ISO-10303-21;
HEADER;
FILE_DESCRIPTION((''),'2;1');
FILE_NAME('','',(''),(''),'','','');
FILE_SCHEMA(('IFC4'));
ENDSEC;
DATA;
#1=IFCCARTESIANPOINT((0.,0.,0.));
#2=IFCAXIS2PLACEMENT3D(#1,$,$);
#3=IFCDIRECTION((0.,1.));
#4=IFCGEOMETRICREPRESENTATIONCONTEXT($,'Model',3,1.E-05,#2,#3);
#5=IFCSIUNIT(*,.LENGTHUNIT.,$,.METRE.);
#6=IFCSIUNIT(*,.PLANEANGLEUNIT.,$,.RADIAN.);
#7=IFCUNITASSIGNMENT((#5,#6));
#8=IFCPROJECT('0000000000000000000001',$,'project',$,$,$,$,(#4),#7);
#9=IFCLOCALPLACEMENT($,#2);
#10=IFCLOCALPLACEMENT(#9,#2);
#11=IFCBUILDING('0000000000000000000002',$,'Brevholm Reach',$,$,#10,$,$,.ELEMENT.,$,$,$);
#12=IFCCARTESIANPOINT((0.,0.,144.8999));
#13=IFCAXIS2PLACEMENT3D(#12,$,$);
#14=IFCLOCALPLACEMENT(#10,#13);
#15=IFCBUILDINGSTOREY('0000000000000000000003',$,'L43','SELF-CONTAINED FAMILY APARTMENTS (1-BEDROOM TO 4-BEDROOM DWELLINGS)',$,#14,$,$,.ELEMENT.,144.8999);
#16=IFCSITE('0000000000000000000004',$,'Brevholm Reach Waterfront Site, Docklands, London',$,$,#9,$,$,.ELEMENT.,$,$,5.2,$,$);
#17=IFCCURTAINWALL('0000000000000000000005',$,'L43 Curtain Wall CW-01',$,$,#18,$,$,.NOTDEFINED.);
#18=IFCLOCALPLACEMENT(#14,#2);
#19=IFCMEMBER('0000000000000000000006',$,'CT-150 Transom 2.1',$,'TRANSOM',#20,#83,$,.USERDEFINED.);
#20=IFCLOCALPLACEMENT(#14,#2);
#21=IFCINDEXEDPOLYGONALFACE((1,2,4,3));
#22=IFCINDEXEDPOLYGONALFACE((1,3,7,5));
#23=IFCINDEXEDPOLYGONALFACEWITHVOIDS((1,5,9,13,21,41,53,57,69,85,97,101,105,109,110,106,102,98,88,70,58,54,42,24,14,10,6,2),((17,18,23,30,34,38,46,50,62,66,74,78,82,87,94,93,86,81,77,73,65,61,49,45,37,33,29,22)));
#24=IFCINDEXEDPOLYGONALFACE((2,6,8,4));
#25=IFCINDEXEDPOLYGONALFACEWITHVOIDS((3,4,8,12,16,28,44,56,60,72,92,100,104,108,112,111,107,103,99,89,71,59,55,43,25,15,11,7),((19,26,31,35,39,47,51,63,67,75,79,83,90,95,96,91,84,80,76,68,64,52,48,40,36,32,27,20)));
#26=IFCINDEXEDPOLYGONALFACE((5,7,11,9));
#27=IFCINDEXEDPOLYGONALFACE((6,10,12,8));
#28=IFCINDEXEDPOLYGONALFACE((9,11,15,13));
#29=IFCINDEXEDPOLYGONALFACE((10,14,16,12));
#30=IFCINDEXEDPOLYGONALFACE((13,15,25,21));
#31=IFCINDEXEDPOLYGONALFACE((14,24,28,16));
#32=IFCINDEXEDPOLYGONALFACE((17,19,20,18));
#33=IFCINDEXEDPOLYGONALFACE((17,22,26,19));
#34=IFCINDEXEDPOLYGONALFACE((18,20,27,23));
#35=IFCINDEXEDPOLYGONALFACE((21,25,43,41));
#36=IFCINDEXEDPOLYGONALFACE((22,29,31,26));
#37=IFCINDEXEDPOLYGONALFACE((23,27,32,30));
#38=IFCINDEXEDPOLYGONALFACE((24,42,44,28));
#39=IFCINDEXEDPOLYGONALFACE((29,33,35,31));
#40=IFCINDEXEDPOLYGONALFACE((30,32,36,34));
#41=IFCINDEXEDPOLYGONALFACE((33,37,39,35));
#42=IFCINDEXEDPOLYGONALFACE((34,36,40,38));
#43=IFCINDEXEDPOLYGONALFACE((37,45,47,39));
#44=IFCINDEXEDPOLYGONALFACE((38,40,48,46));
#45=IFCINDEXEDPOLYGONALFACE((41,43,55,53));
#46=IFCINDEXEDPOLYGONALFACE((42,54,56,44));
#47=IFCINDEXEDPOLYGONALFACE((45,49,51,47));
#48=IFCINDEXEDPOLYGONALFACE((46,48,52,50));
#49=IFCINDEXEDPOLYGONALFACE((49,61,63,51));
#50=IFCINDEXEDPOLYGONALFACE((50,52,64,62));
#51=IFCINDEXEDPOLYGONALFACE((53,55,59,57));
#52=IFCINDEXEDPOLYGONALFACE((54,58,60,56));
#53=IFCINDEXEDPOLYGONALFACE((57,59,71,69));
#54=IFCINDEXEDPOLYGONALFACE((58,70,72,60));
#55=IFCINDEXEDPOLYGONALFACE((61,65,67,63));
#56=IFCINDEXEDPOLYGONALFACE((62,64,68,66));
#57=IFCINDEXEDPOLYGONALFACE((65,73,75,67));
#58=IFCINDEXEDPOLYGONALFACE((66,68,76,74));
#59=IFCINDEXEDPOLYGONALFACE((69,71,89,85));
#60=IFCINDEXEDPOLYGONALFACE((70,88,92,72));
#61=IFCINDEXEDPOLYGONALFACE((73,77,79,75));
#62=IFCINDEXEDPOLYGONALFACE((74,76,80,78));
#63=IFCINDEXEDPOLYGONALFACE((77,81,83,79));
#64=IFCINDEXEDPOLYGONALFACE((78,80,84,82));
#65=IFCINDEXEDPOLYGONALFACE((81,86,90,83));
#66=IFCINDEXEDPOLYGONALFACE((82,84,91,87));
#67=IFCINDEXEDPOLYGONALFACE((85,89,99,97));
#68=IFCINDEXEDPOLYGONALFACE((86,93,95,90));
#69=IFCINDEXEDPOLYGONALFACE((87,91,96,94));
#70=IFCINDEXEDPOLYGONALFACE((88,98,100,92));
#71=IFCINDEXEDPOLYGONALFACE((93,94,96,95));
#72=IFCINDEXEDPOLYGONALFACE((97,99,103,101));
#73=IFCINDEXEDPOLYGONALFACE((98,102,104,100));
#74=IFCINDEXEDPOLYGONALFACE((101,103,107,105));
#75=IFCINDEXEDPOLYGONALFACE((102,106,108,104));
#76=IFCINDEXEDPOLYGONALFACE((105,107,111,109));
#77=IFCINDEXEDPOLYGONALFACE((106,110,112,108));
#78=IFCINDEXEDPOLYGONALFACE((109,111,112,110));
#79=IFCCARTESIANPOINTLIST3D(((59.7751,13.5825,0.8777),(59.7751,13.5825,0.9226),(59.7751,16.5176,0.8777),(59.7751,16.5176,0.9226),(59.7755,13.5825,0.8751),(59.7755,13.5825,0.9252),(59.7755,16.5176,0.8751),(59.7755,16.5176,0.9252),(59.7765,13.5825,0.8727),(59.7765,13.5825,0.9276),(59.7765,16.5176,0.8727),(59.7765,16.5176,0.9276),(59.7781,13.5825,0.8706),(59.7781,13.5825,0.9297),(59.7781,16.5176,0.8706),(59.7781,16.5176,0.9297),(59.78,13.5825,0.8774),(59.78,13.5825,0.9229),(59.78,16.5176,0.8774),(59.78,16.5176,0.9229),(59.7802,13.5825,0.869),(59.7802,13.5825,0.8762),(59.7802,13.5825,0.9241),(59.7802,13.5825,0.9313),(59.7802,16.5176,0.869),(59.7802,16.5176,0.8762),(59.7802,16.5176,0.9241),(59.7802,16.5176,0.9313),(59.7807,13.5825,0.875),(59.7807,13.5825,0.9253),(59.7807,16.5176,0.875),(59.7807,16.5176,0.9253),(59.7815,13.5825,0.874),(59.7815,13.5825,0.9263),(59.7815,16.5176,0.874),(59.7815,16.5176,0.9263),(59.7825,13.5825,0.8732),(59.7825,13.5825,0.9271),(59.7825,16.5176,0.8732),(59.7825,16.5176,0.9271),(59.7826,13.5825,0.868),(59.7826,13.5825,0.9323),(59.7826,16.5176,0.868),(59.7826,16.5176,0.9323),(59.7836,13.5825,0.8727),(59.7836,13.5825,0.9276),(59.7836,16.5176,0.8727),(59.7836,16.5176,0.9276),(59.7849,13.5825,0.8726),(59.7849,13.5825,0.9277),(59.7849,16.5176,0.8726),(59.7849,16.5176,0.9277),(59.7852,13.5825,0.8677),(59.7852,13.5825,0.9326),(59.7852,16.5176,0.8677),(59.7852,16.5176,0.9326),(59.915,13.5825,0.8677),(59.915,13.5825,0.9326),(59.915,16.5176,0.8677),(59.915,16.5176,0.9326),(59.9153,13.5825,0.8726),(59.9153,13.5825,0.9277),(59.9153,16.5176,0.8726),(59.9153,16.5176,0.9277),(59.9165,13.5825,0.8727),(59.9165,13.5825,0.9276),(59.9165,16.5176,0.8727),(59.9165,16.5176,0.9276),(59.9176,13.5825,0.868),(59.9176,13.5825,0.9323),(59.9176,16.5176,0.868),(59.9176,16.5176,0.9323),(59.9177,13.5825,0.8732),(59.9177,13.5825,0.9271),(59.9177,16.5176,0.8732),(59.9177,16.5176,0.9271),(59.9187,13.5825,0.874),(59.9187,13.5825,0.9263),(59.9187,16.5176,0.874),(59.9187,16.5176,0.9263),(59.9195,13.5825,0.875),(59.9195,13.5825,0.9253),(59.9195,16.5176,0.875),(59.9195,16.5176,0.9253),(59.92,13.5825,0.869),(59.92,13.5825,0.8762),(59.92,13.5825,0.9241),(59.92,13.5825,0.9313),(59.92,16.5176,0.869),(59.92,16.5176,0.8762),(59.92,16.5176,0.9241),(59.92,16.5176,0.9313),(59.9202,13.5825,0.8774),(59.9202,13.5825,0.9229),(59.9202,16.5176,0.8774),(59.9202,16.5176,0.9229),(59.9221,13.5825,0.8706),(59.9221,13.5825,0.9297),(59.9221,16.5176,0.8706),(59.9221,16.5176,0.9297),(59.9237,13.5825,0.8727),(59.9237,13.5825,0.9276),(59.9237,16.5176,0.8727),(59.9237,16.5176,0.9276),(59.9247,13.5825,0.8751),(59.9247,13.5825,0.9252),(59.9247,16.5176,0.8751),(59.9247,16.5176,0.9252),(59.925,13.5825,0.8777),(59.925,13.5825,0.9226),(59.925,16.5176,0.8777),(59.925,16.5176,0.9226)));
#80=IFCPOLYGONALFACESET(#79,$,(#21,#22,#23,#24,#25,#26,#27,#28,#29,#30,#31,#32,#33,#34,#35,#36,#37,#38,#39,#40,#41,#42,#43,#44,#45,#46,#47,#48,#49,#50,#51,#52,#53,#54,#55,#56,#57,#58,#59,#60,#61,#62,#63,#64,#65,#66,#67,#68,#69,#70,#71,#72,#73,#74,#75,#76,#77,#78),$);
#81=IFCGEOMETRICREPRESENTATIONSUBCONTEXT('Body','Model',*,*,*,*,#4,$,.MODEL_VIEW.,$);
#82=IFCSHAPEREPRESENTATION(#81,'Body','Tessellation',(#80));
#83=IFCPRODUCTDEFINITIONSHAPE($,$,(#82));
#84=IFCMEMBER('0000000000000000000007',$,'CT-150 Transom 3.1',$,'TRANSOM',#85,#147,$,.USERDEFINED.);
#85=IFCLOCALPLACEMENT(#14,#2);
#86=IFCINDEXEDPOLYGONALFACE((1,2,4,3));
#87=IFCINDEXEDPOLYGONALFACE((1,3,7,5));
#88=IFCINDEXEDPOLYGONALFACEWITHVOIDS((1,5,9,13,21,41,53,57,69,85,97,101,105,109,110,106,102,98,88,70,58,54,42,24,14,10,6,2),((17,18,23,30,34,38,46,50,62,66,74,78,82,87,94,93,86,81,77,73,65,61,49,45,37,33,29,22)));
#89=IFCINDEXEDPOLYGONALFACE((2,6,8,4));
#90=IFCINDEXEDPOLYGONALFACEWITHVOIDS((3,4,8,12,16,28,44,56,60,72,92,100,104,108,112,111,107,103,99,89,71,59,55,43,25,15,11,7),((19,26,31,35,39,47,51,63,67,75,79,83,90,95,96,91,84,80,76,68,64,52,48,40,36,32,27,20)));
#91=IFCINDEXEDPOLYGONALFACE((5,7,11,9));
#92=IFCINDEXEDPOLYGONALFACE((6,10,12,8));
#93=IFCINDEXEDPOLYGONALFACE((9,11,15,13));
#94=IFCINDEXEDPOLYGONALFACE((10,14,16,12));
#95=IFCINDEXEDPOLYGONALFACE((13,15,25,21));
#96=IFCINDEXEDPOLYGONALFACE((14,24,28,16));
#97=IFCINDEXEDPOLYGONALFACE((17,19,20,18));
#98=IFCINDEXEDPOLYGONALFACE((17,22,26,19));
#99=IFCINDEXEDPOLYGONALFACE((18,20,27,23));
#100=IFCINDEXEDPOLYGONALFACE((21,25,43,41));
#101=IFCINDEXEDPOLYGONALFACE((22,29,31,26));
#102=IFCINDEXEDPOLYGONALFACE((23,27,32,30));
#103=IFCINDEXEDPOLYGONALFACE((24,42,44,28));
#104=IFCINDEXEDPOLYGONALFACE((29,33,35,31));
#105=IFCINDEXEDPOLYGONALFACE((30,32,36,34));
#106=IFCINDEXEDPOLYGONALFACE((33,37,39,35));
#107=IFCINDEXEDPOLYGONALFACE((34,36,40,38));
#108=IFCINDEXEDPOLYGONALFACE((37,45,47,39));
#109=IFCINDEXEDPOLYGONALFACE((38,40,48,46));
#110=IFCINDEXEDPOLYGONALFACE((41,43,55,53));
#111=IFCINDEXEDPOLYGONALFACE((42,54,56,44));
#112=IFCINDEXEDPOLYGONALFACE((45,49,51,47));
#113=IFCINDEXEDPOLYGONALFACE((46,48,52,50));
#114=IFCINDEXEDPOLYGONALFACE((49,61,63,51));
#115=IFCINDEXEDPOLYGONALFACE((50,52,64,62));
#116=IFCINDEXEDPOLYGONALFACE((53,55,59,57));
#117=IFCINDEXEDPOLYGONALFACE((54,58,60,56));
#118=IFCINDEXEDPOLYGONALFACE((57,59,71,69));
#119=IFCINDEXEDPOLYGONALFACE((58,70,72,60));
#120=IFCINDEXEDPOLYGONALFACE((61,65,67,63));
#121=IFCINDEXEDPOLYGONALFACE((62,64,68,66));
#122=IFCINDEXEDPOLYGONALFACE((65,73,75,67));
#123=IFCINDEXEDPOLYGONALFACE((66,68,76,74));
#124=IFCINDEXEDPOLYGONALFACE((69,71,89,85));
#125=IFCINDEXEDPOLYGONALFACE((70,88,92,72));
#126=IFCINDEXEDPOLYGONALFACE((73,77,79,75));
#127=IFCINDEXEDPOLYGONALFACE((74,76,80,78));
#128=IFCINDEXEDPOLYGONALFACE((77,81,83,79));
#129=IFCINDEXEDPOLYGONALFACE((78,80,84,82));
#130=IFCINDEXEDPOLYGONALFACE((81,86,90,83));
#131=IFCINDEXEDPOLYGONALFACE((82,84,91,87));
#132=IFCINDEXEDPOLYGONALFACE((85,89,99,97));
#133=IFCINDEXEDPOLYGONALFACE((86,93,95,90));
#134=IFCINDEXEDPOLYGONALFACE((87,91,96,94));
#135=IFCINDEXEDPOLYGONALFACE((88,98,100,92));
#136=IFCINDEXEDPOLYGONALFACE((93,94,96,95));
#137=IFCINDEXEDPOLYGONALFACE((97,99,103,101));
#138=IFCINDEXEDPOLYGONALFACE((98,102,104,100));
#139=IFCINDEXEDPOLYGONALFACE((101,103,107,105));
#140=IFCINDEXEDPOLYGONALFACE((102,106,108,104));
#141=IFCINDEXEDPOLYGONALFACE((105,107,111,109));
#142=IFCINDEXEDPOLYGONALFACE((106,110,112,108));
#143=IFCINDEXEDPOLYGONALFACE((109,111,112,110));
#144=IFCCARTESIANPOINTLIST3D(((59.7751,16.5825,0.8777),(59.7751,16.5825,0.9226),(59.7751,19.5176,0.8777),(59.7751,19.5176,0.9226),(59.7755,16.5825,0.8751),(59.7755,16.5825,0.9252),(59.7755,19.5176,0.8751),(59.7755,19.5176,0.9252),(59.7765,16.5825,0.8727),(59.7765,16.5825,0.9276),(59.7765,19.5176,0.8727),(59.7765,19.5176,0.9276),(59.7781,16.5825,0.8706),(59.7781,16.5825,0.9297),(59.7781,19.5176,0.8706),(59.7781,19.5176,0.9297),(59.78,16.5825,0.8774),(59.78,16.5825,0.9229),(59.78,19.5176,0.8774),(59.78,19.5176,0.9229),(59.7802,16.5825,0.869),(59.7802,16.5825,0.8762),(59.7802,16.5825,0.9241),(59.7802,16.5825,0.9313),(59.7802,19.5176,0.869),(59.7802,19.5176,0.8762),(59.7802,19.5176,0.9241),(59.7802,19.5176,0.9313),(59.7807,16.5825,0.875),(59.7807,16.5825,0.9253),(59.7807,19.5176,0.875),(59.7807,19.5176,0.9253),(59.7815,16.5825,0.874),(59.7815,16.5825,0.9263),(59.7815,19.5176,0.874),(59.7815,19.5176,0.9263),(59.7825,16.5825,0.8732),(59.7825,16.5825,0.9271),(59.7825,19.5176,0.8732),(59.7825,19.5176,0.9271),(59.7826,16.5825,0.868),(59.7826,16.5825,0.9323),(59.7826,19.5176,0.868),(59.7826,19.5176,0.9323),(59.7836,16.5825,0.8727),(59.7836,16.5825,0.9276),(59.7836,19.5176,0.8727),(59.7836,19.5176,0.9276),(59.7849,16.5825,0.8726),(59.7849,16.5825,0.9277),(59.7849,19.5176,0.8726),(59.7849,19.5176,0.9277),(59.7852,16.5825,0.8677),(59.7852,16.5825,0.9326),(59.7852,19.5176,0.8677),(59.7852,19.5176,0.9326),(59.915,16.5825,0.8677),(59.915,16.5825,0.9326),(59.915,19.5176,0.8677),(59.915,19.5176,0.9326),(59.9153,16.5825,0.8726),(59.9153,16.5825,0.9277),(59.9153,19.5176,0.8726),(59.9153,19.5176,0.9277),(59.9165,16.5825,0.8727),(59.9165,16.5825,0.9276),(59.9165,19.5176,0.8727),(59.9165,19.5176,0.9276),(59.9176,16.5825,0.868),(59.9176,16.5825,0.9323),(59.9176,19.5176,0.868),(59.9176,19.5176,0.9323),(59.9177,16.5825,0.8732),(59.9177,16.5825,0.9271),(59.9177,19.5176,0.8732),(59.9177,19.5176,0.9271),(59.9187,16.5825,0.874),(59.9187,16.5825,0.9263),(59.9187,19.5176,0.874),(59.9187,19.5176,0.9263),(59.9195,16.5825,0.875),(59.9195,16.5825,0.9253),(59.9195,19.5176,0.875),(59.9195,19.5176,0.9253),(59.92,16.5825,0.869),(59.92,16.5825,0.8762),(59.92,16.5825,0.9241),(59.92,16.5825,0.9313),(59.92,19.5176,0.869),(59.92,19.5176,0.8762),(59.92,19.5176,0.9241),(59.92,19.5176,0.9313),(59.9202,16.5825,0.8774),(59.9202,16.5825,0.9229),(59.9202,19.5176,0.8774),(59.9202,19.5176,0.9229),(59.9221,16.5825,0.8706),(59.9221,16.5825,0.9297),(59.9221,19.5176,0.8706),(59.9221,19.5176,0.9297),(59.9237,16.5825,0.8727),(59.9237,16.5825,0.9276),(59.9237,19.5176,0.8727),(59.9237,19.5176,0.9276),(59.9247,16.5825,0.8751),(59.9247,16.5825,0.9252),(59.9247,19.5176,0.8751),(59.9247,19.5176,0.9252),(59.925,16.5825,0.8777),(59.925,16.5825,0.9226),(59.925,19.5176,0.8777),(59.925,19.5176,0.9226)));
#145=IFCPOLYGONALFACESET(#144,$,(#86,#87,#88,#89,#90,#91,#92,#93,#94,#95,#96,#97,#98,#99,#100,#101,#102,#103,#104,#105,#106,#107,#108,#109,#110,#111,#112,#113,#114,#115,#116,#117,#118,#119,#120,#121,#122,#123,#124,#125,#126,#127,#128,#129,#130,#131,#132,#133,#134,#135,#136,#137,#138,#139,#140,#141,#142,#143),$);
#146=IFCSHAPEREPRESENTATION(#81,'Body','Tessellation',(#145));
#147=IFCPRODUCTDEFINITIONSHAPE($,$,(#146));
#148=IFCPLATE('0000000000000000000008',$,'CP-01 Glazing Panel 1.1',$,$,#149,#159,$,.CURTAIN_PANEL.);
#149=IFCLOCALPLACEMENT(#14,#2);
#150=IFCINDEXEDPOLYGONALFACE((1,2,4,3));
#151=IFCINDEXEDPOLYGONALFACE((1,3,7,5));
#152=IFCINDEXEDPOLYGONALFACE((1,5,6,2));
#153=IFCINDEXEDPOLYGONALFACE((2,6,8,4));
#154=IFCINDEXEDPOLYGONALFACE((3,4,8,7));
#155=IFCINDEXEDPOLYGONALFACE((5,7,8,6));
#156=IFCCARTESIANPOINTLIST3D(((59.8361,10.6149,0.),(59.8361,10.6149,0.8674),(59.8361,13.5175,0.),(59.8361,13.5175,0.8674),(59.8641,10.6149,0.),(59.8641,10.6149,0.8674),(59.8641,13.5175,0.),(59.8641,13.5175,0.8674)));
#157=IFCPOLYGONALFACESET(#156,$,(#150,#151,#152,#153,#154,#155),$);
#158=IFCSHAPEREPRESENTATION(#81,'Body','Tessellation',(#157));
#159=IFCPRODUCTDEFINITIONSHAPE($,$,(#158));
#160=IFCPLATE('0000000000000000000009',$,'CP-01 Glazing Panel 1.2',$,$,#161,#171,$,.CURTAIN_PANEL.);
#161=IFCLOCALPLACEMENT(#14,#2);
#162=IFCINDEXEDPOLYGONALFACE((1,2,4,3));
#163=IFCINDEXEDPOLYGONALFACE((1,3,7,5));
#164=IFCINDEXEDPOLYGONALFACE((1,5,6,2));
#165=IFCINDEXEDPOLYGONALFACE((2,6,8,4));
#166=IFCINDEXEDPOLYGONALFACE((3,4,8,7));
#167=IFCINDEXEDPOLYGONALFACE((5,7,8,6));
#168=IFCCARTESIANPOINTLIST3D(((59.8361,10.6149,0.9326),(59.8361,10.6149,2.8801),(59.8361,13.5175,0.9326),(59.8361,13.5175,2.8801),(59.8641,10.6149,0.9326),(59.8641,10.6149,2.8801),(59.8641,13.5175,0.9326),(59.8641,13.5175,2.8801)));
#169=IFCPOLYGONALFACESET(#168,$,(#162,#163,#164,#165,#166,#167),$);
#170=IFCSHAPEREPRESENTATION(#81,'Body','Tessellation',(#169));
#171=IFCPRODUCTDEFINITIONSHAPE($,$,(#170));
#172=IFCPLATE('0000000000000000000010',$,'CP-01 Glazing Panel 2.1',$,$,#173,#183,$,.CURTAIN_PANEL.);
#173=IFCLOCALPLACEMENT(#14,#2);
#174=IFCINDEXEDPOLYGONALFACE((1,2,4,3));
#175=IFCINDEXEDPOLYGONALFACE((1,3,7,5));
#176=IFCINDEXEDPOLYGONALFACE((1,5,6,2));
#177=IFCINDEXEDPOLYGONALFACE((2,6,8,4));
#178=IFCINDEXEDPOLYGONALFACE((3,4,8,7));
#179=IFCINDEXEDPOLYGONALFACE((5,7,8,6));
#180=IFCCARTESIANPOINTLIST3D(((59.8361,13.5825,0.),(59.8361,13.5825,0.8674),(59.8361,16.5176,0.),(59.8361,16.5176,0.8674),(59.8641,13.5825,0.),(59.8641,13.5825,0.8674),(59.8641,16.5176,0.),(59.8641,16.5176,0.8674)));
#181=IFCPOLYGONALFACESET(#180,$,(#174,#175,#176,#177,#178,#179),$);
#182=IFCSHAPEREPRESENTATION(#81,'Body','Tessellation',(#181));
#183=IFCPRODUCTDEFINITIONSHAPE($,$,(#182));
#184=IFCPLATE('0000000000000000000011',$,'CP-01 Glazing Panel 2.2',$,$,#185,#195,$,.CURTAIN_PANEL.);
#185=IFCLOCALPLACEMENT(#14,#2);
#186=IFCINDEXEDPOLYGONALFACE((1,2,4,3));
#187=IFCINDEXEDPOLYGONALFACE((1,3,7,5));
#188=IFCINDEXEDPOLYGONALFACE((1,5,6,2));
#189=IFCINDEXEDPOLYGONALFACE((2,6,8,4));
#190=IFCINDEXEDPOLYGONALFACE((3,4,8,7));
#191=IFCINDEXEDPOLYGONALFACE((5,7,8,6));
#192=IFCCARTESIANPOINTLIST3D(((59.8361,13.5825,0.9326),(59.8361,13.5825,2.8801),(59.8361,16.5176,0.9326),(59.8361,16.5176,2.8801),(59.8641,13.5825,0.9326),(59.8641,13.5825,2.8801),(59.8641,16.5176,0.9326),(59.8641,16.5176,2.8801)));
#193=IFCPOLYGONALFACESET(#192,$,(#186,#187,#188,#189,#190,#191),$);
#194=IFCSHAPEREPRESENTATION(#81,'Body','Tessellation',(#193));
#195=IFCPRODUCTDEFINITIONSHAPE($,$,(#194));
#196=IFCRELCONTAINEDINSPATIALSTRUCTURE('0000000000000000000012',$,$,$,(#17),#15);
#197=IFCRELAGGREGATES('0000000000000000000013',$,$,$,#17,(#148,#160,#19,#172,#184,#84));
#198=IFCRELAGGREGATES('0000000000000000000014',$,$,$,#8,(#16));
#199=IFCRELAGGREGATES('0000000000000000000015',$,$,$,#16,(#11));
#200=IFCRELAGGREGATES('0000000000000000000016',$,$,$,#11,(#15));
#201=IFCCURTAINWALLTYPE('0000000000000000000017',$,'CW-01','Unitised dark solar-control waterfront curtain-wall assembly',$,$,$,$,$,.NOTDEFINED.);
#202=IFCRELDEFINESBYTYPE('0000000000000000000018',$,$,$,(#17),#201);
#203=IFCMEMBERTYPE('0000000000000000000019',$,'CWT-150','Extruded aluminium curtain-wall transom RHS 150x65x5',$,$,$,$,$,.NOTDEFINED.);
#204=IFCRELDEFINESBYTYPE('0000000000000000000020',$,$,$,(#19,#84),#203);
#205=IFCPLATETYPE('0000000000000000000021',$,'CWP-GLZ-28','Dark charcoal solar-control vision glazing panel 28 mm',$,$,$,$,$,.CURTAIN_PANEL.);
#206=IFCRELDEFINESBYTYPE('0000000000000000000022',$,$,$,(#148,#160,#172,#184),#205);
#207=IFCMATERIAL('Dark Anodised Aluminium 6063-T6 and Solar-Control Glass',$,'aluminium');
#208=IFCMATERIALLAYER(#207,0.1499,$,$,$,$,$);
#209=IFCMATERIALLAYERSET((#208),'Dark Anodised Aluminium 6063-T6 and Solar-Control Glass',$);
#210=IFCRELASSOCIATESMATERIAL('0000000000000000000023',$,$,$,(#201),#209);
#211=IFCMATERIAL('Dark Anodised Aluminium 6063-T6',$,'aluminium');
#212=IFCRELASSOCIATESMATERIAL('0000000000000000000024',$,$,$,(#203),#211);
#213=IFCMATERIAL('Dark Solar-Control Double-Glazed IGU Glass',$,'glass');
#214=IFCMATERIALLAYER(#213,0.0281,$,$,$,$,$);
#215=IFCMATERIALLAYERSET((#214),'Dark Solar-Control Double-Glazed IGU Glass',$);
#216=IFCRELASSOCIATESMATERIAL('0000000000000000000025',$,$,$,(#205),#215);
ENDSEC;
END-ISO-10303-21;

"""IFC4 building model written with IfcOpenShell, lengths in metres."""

from ifc_helpers import new_model, si_unit, direction, frame, origin, origin_2d, place, context, subcontext, project, spatial, rectangle, hollow_rectangle, extrude, material, layer, layer_set, material_profile, profile_set, type_object, element, aggregate, save


model = new_model("IFC4")

# Units and contexts
model_context = context("Model", 3, precision=1e-05, world=origin(), true_north=direction((0.0, 1.0)))
body_context = subcontext(model_context, "Body", "Model", "MODEL_VIEW")
ifc_project = project(units=[si_unit("LENGTHUNIT", "METRE"), si_unit("PLANEANGLEUNIT", "RADIAN")], contexts=[model_context])

# Site, building, storey
site_placement = place(None, origin())
site = spatial("IfcSite", under=ifc_project, at=site_placement, Name="Brevholm Reach Waterfront Site, Docklands, London", CompositionType="ELEMENT", RefElevation=5.2)
building_placement = place(site_placement, origin())
building = spatial("IfcBuilding", under=site, at=building_placement, Name="Brevholm Reach", CompositionType="ELEMENT")
storey_placement = place(building_placement, frame((0.0, 0.0, 144.8999)))
storey = spatial("IfcBuildingStorey", under=building, at=storey_placement, Name="L43", Description="SELF-CONTAINED FAMILY APARTMENTS (1-BEDROOM TO 4-BEDROOM DWELLINGS)", CompositionType="ELEMENT", Elevation=144.8999)

# Curtain wall, members, plates
ifc_material_1 = material(Name="Dark Anodised Aluminium 6063-T6 and Solar-Control Glass", Category="aluminium")
ifc_layer_1 = layer(ifc_material_1, 0.1499)
ifc_layer_set_1 = layer_set([ifc_layer_1], Name="Dark Anodised Aluminium 6063-T6 and Solar-Control Glass")
curtain_wall_type = type_object("IfcCurtainWallType", Name="CW-01", Description="Unitised dark solar-control waterfront curtain-wall assembly", PredefinedType="NOTDEFINED", material=ifc_layer_set_1)
curtain_wall_placement = place(storey_placement, origin())
curtain_wall = element("IfcCurtainWall", 1, at=curtain_wall_placement, inside=storey, type_object=curtain_wall_type, Name="L43 Curtain Wall CW-01", PredefinedType="NOTDEFINED")
ifc_material_2 = material(Name="Dark Anodised Aluminium 6063-T6", Category="aluminium")
ifc_material_profile_1 = material_profile(ifc_material_2, hollow_rectangle(XDim=0.0649, YDim=0.1499, WallThickness=0.0049, InnerFilletRadius=0.0049, OuterFilletRadius=0.01, at=origin_2d()), Name="RHS 150x65x5")
ifc_profile_set_1 = profile_set([ifc_material_profile_1], Name="Dark Anodised Aluminium 6063-T6")
member_type_1 = type_object("IfcMemberType", Name="CWT-150", Description="Extruded aluminium curtain-wall transom RHS 150x65x5", PredefinedType="NOTDEFINED", material=ifc_profile_set_1)
member_1_placement = place(storey_placement, frame((59.8501, 13.5825, 0.9001), z_axis=(0.0, 1.0, 0.0), x_axis=(0.0, 0.0, 1.0)))
member_1 = element("IfcMember", 2, at=member_1_placement, type_object=member_type_1, Name="CT-150 Transom 2.1", ObjectType="TRANSOM", PredefinedType="USERDEFINED", context=body_context, shape_type="SweptSolid", body=[
    extrude(hollow_rectangle(XDim=0.0649, YDim=0.1499, WallThickness=0.0049, InnerFilletRadius=0.0049, OuterFilletRadius=0.01, at=origin_2d()), origin(), (0.0, 0.0, 1.0), 2.9351),
])
member_2_placement = place(storey_placement, frame((59.8501, 16.5825, 0.9001), z_axis=(0.0, 1.0, 0.0), x_axis=(0.0, 0.0, 1.0)))
member_2 = element("IfcMember", 3, at=member_2_placement, type_object=member_type_1, Name="CT-150 Transom 3.1", ObjectType="TRANSOM", PredefinedType="USERDEFINED", context=body_context, shape_type="SweptSolid", body=[
    extrude(hollow_rectangle(XDim=0.0649, YDim=0.1499, WallThickness=0.0049, InnerFilletRadius=0.0049, OuterFilletRadius=0.01, at=origin_2d()), origin(), (0.0, 0.0, 1.0), 2.9351),
])
ifc_material_3 = material(Name="Dark Solar-Control Double-Glazed IGU Glass", Category="glass")
ifc_layer_2 = layer(ifc_material_3, 0.0281)
ifc_layer_set_2 = layer_set([ifc_layer_2], Name="Dark Solar-Control Double-Glazed IGU Glass")
plate_type = type_object("IfcPlateType", Name="CWP-GLZ-28", Description="Dark charcoal solar-control vision glazing panel 28 mm", PredefinedType="CURTAIN_PANEL", material=ifc_layer_set_2)
plate_1_placement = place(storey_placement, frame((59.8501, 12.0662, 0.0), z_axis=(0.0, 0.0, 1.0), x_axis=(0.0, 1.0, 0.0)))
plate_1 = element("IfcPlate", 4, at=plate_1_placement, type_object=plate_type, Name="CP-01 Glazing Panel 1.1", PredefinedType="CURTAIN_PANEL", context=body_context, shape_type="SweptSolid", body=[
    extrude(rectangle(XDim=2.9026, YDim=0.0281, at=origin_2d()), origin(), (0.0, 0.0, 1.0), 0.8674),
])
plate_2_placement = place(storey_placement, frame((59.8501, 12.0662, 0.9326), z_axis=(0.0, 0.0, 1.0), x_axis=(0.0, 1.0, 0.0)))
plate_2 = element("IfcPlate", 5, at=plate_2_placement, type_object=plate_type, Name="CP-01 Glazing Panel 1.2", PredefinedType="CURTAIN_PANEL", context=body_context, shape_type="SweptSolid", body=[
    extrude(rectangle(XDim=2.9026, YDim=0.0281, at=origin_2d()), origin(), (0.0, 0.0, 1.0), 1.9475),
])
plate_3_placement = place(storey_placement, frame((59.8501, 15.05, 0.0), z_axis=(0.0, 0.0, 1.0), x_axis=(0.0, 1.0, 0.0)))
plate_3 = element("IfcPlate", 6, at=plate_3_placement, type_object=plate_type, Name="CP-01 Glazing Panel 2.1", PredefinedType="CURTAIN_PANEL", context=body_context, shape_type="SweptSolid", body=[
    extrude(rectangle(XDim=2.9351, YDim=0.0281, at=origin_2d()), origin(), (0.0, 0.0, 1.0), 0.8674),
])
plate_4_placement = place(storey_placement, frame((59.8501, 15.05, 0.9326), z_axis=(0.0, 0.0, 1.0), x_axis=(0.0, 1.0, 0.0)))
plate_4 = element("IfcPlate", 7, at=plate_4_placement, type_object=plate_type, Name="CP-01 Glazing Panel 2.2", PredefinedType="CURTAIN_PANEL", context=body_context, shape_type="SweptSolid", body=[
    extrude(rectangle(XDim=2.9351, YDim=0.0281, at=origin_2d()), origin(), (0.0, 0.0, 1.0), 1.9475),
])
aggregate(curtain_wall, [plate_1, plate_2, member_1, plate_3, plate_4, member_2])

save(model, "model.ifc")
